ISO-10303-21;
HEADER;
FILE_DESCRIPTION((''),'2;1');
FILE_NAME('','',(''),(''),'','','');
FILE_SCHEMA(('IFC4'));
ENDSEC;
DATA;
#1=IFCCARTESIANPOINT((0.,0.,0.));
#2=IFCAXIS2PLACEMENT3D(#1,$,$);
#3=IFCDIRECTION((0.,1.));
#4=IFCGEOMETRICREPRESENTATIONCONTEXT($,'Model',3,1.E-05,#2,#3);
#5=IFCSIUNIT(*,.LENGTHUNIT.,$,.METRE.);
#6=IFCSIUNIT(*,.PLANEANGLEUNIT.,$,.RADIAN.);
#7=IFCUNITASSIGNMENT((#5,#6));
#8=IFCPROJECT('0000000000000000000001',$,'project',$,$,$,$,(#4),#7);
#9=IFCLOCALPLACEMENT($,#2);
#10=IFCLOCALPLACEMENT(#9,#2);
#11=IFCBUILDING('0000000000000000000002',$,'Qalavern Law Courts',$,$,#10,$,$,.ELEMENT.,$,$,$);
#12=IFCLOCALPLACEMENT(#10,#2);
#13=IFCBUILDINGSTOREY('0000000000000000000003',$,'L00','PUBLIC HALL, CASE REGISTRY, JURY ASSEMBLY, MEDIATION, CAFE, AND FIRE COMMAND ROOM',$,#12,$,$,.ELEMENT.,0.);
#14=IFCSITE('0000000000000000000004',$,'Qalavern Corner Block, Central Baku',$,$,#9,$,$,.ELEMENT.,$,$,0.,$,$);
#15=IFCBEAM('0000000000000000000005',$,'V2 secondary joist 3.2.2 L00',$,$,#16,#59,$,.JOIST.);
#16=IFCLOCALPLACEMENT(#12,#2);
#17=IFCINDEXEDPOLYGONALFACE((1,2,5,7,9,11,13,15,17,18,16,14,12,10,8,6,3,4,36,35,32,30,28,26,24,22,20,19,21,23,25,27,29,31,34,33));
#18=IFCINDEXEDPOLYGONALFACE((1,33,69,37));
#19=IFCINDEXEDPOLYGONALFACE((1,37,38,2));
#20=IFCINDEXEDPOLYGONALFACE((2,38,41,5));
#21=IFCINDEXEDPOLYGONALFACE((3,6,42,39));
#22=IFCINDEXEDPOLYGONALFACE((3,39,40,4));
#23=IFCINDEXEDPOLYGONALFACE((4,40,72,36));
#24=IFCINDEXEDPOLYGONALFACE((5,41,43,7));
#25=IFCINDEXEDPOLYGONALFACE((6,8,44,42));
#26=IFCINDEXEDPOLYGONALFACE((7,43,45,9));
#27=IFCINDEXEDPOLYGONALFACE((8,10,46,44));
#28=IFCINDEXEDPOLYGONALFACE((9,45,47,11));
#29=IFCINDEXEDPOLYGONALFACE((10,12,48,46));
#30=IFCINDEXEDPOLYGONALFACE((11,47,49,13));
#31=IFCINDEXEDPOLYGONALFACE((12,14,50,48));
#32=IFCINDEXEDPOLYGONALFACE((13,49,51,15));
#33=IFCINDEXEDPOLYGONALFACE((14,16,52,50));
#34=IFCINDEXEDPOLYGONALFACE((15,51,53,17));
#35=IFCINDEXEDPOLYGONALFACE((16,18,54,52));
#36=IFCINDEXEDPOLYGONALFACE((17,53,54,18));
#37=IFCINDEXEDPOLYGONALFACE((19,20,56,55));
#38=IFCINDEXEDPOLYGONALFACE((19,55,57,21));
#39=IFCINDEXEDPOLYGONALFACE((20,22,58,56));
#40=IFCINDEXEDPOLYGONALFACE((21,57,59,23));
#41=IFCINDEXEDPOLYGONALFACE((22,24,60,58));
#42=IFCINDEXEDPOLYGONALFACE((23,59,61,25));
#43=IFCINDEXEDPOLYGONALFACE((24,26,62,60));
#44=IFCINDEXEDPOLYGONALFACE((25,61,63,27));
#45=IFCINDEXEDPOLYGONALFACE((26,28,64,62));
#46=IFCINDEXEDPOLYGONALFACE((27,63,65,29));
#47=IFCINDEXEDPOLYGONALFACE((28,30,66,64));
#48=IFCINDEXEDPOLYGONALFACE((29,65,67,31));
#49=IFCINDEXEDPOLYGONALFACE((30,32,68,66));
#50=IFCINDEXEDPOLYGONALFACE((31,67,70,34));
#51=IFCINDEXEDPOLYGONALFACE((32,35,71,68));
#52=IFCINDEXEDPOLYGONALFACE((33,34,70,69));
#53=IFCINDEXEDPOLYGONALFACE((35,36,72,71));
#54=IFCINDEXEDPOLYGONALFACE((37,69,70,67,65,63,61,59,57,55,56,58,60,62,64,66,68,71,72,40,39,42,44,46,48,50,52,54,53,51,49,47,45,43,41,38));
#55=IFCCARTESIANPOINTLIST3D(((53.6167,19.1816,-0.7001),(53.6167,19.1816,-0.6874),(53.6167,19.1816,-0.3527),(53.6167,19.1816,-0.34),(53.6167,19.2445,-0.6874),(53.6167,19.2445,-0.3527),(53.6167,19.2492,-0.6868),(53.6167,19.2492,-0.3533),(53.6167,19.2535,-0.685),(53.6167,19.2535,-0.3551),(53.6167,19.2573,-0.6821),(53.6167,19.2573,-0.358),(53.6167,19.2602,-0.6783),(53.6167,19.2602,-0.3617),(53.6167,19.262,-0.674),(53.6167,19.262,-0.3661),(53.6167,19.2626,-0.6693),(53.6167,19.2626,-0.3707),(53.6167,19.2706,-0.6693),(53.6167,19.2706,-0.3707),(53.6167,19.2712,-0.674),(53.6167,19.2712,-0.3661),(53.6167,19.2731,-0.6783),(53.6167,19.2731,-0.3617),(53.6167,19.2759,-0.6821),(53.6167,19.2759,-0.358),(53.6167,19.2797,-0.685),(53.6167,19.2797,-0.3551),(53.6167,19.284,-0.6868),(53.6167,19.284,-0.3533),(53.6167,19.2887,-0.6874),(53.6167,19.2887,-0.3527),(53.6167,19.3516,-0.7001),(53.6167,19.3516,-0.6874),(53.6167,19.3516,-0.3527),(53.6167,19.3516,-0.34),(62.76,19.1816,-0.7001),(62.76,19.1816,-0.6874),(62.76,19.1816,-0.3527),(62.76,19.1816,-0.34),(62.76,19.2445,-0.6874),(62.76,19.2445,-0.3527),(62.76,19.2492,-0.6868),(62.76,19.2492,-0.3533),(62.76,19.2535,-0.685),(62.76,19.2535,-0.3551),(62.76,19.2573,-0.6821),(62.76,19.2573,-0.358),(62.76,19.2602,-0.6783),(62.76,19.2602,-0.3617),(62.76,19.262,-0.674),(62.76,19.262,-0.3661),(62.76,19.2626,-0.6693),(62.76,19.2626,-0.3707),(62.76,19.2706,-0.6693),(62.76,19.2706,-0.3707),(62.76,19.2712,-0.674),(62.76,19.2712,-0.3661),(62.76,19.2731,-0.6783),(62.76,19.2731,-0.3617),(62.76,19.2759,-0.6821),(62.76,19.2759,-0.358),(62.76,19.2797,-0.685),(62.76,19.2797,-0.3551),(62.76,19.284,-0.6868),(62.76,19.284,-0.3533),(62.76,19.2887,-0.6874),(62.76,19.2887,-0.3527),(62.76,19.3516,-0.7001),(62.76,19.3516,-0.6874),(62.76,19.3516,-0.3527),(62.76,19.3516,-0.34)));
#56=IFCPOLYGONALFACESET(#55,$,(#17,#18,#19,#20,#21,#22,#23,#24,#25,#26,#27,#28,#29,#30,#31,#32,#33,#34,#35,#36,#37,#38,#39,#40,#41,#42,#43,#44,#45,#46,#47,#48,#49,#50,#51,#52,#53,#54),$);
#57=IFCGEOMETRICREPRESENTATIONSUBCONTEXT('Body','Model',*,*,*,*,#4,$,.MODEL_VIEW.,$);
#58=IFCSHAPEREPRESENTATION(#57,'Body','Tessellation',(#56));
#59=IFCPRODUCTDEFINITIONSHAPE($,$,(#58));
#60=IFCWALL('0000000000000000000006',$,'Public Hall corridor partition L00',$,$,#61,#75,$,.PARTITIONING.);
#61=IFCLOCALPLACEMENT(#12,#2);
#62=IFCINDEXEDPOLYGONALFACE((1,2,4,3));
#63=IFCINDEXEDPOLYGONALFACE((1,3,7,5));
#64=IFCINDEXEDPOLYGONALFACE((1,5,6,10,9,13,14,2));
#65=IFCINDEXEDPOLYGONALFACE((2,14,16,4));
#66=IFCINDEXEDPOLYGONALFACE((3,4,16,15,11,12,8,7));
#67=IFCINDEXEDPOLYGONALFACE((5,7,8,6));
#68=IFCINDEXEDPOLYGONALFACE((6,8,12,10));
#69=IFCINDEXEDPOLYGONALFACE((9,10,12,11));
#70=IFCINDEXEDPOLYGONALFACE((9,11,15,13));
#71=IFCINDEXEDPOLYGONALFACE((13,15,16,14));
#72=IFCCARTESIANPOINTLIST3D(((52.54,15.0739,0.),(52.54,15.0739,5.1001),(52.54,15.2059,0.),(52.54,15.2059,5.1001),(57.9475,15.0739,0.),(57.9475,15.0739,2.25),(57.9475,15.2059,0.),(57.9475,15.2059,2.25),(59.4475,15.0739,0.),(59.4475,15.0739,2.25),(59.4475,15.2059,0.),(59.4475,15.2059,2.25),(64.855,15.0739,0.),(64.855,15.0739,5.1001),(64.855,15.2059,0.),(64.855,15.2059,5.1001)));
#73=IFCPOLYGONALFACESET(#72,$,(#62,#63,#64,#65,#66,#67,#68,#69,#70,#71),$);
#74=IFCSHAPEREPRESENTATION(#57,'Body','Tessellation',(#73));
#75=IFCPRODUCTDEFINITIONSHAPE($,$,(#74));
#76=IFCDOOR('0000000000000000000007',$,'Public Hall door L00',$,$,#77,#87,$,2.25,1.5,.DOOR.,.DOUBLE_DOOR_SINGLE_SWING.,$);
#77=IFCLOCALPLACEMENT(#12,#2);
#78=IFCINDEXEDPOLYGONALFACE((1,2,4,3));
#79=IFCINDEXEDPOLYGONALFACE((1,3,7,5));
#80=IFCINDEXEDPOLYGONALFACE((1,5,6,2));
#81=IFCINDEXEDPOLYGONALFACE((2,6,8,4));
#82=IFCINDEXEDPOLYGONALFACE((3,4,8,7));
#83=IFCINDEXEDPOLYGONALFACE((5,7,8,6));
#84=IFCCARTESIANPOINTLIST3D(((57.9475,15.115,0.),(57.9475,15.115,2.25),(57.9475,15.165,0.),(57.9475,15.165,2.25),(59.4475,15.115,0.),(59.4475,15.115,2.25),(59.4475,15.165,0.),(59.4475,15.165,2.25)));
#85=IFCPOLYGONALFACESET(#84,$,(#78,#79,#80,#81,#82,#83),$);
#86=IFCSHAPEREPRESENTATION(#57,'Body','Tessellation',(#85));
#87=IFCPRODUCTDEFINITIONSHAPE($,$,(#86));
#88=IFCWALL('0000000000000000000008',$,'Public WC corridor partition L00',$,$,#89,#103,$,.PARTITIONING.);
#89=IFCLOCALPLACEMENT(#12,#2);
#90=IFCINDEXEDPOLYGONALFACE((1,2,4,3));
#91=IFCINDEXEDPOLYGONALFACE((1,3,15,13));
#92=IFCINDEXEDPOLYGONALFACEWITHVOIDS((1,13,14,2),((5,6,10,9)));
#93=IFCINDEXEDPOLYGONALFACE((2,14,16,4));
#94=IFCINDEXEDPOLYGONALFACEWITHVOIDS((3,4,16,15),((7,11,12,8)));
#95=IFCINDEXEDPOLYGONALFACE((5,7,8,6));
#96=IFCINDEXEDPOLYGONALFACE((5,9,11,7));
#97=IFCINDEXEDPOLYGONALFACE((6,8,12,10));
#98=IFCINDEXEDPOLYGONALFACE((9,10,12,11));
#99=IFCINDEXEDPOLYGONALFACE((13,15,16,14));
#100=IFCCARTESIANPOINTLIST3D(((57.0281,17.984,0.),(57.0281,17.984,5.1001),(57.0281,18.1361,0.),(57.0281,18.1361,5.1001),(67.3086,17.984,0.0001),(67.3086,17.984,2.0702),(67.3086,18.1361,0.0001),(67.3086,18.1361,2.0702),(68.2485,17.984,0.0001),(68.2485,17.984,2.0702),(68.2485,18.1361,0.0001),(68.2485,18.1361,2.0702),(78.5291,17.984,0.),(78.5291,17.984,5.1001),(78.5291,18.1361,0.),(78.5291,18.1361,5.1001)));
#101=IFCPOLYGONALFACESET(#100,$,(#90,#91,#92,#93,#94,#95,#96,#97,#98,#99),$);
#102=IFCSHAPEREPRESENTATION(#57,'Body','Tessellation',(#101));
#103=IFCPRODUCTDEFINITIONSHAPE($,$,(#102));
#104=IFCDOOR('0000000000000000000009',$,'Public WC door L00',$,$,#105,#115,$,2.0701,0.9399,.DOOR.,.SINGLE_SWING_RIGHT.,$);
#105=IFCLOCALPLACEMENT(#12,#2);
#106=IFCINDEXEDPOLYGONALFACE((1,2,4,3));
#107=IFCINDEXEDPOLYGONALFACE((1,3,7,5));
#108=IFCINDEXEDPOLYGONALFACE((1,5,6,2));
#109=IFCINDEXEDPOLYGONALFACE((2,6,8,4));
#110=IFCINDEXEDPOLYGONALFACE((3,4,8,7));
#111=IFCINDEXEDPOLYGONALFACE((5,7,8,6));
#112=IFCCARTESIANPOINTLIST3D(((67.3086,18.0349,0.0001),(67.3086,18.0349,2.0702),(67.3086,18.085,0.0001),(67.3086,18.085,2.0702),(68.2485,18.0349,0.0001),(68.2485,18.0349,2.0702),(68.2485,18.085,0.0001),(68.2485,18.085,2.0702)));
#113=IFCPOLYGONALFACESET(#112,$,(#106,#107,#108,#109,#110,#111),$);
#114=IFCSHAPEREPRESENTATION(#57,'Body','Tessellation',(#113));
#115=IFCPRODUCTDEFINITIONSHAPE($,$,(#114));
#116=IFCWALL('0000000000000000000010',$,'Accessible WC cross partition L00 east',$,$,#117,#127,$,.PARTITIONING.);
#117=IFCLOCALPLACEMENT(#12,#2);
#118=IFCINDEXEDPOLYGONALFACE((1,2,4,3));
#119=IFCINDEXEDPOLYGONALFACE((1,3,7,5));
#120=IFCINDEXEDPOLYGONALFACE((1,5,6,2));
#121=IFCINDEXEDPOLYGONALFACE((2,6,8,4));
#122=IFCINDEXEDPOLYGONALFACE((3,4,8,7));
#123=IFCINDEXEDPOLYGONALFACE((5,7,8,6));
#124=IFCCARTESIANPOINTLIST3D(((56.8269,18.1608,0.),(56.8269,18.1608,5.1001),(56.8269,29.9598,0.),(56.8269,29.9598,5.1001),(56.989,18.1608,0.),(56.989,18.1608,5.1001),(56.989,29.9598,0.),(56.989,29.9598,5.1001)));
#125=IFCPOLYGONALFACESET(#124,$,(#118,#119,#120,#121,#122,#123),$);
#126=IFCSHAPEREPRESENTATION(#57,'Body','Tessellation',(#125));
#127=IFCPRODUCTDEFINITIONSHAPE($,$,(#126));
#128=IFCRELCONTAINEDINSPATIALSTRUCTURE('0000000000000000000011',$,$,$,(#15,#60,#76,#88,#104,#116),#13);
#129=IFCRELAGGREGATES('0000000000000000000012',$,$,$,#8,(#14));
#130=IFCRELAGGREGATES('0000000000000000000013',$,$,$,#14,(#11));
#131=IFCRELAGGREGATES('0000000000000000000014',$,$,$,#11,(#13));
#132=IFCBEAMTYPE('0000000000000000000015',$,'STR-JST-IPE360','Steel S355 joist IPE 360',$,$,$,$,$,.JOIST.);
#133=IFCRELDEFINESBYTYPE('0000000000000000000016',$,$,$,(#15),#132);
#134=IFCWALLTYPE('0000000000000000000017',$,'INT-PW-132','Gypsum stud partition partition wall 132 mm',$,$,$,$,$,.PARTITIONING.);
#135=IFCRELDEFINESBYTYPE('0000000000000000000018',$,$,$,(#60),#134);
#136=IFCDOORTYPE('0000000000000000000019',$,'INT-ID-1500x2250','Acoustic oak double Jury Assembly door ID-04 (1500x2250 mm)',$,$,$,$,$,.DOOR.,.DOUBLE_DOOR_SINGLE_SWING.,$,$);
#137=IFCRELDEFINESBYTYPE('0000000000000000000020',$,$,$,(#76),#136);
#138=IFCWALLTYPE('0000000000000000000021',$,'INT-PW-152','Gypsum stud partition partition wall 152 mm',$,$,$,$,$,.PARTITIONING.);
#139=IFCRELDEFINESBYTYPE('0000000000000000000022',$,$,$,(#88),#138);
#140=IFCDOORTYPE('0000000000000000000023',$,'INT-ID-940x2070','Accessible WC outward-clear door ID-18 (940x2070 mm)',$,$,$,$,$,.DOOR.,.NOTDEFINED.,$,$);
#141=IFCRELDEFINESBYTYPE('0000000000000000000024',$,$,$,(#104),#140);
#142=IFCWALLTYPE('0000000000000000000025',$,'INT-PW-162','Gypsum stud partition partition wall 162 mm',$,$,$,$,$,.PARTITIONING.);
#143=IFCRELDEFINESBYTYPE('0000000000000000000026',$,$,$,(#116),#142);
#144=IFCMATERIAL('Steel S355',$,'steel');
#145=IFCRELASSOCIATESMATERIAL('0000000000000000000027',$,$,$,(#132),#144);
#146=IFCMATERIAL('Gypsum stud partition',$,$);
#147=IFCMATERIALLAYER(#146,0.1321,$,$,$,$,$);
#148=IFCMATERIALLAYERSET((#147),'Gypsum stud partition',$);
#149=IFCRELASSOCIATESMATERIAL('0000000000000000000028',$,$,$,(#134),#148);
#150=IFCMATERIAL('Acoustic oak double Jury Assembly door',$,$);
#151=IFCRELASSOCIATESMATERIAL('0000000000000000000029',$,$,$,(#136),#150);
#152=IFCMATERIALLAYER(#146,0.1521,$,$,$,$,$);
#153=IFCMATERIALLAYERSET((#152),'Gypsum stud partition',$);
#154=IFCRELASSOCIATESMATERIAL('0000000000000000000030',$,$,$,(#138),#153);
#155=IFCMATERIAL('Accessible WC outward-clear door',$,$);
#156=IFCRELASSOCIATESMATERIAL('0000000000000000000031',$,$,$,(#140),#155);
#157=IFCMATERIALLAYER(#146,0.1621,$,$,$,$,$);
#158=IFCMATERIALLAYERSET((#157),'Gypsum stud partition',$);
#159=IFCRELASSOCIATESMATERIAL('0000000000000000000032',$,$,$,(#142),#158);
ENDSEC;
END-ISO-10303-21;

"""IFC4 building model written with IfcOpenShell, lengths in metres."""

from ifc_helpers import new_model, si_unit, direction, frame, frame_2d, origin, origin_2d, place, context, subcontext, project, spatial, rectangle, i_section, extrude, material, layer, layer_set, material_profile, profile_set, type_object, element, fill, save


model = new_model("IFC4")

# Units and contexts
model_context = context("Model", 3, precision=1e-05, world=origin(), true_north=direction((0.0, 1.0)))
body_context = subcontext(model_context, "Body", "Model", "MODEL_VIEW")
ifc_project = project(units=[si_unit("LENGTHUNIT", "METRE"), si_unit("PLANEANGLEUNIT", "RADIAN")], contexts=[model_context])

# Site, building, storey
site_placement = place(None, origin())
site = spatial("IfcSite", under=ifc_project, at=site_placement, Name="Qalavern Corner Block, Central Baku", CompositionType="ELEMENT", RefElevation=0.0)
building_placement = place(site_placement, origin())
building = spatial("IfcBuilding", under=site, at=building_placement, Name="Qalavern Law Courts", CompositionType="ELEMENT")
storey_placement = place(building_placement, origin())
storey = spatial("IfcBuildingStorey", under=building, at=storey_placement, Name="L00", Description="PUBLIC HALL, CASE REGISTRY, JURY ASSEMBLY, MEDIATION, CAFE, AND FIRE COMMAND ROOM", CompositionType="ELEMENT", Elevation=0.0)

# Beam
ifc_material_1 = material(Name="Steel S355", Category="steel")
ifc_material_profile_1 = material_profile(ifc_material_1, i_section(OverallWidth=0.1699, OverallDepth=0.3601, WebThickness=0.0081, FlangeThickness=0.0127, FilletRadius=0.0181, at=origin_2d()), Name="IPE 360")
ifc_profile_set_1 = profile_set([ifc_material_profile_1], Name="Steel S355")
beam_type_1 = type_object("IfcBeamType", Name="STR-JST-IPE360", Description="Steel S355 joist IPE 360", PredefinedType="JOIST", material=ifc_profile_set_1)
beam_1_placement = place(storey_placement, frame((53.6167, 19.2666, -0.52), z_axis=(1.0, 0.0, 0.0), x_axis=(0.0, 1.0, 0.0)))
element("IfcBeam", 1, at=beam_1_placement, inside=storey, type_object=beam_type_1, Name="V2 secondary joist 3.2.2 L00", PredefinedType="JOIST", context=body_context, shape_type="SweptSolid", body=[
    extrude(i_section(OverallWidth=0.1699, OverallDepth=0.3601, WebThickness=0.0081, FlangeThickness=0.0127, FilletRadius=0.0181, at=origin_2d()), origin(), (0.0, 0.0, 1.0), 9.1433),
])

# Walls, openings, doors
ifc_material_2 = material(Name="Gypsum stud partition")
ifc_layer_1 = layer(ifc_material_2, 0.1321)
ifc_layer_set_1 = layer_set([ifc_layer_1], Name="Gypsum stud partition")
wall_type_1 = type_object("IfcWallType", Name="INT-PW-132", Description="Gypsum stud partition partition wall 132 mm", PredefinedType="PARTITIONING", material=ifc_layer_set_1)
wall_1_placement = place(storey_placement, frame((52.54, 15.1399, 0.0), z_axis=(0.0, 0.0, 1.0), x_axis=(1.0, 0.0, 0.0)))
wall_1 = element("IfcWall", 2, at=wall_1_placement, inside=storey, type_object=wall_type_1, Name="Public Hall corridor partition L00", PredefinedType="PARTITIONING", context=body_context, shape_type="SweptSolid", body=[
    extrude(rectangle(XDim=12.3149, YDim=0.1321, at=frame_2d((6.1575, 0.0))), origin(), (0.0, 0.0, 1.0), 5.1001),
])
opening_1_placement = place(wall_1_placement, frame((5.4075, 0.0, 0.0)))
opening_1 = element("IfcOpeningElement", 3, at=opening_1_placement, cuts=wall_1, PredefinedType="OPENING", context=body_context, shape_type="SweptSolid", body=[
    extrude(rectangle(XDim=1.5, YDim=2.25, at=frame_2d((0.75, 1.125))), frame((0.0, 0.0811, 0.0), z_axis=(0.0, -1.0, 0.0), x_axis=(1.0, 0.0, 0.0)), (0.0, 0.0, 1.0), 0.1619),
])
ifc_material_3 = material(Name="Acoustic oak double Jury Assembly door")
door_type_1 = type_object("IfcDoorType", Name="INT-ID-1500x2250", Description="Acoustic oak double Jury Assembly door ID-04 (1500x2250 mm)", OperationType="DOUBLE_DOOR_SINGLE_SWING", PredefinedType="DOOR", material=ifc_material_3)
door_1_placement = place(opening_1_placement, frame((1.5, 0.0, 0.0), z_axis=(0.0, 0.0, 1.0), x_axis=(-1.0, 0.0, 0.0)))
door_1 = element("IfcDoor", 4, at=door_1_placement, inside=storey, type_object=door_type_1, Name="Public Hall door L00", OperationType="DOUBLE_DOOR_SINGLE_SWING", OverallHeight=2.25, OverallWidth=1.5, PredefinedType="DOOR", context=body_context, shape_type="SweptSolid", body=[
    extrude(rectangle(XDim=1.5, YDim=2.25, at=frame_2d((0.75, 1.125))), frame((0.0, 0.0249, 0.0), z_axis=(0.0, -1.0, 0.0), x_axis=(1.0, 0.0, 0.0)), (0.0, 0.0, 1.0), 0.05),
])
fill(opening_1, door_1)
ifc_layer_2 = layer(ifc_material_2, 0.1521)
ifc_layer_set_2 = layer_set([ifc_layer_2], Name="Gypsum stud partition")
wall_type_2 = type_object("IfcWallType", Name="INT-PW-152", Description="Gypsum stud partition partition wall 152 mm", PredefinedType="PARTITIONING", material=ifc_layer_set_2)
wall_2_placement = place(storey_placement, frame((57.0281, 18.0601, 0.0), z_axis=(0.0, 0.0, 1.0), x_axis=(1.0, 0.0, 0.0)))
wall_2 = element("IfcWall", 5, at=wall_2_placement, inside=storey, type_object=wall_type_2, Name="Public WC corridor partition L00", PredefinedType="PARTITIONING", context=body_context, shape_type="SweptSolid", body=[
    extrude(rectangle(XDim=21.501, YDim=0.1521, at=frame_2d((10.7505, 0.0))), origin(), (0.0, 0.0, 1.0), 5.1001),
])
opening_2_placement = place(wall_2_placement, frame((10.2805, 0.0, 0.0)))
opening_2 = element("IfcOpeningElement", 6, at=opening_2_placement, cuts=wall_2, PredefinedType="OPENING", context=body_context, shape_type="SweptSolid", body=[
    extrude(rectangle(XDim=0.9399, YDim=2.0701, at=frame_2d((0.47, 1.0352))), frame((0.0, 0.0908, 0.0), z_axis=(0.0, -1.0, 0.0), x_axis=(1.0, 0.0, 0.0)), (0.0, 0.0, 1.0), 0.1819),
])
ifc_material_4 = material(Name="Accessible WC outward-clear door")
door_type_2 = type_object("IfcDoorType", Name="INT-ID-940x2070", Description="Accessible WC outward-clear door ID-18 (940x2070 mm)", OperationType="NOTDEFINED", PredefinedType="DOOR", material=ifc_material_4)
door_2_placement = place(opening_2_placement, origin())
door_2 = element("IfcDoor", 7, at=door_2_placement, inside=storey, type_object=door_type_2, Name="Public WC door L00", OperationType="SINGLE_SWING_RIGHT", OverallHeight=2.0701, OverallWidth=0.9399, PredefinedType="DOOR", context=body_context, shape_type="SweptSolid", body=[
    extrude(rectangle(XDim=0.9399, YDim=2.0701, at=frame_2d((0.47, 1.0352))), frame((0.0, 0.0249, 0.0), z_axis=(0.0, -1.0, 0.0), x_axis=(1.0, 0.0, 0.0)), (0.0, 0.0, 1.0), 0.05),
])
fill(opening_2, door_2)

# Wall
ifc_layer_3 = layer(ifc_material_2, 0.1621)
ifc_layer_set_3 = layer_set([ifc_layer_3], Name="Gypsum stud partition")
wall_type_3 = type_object("IfcWallType", Name="INT-PW-162", Description="Gypsum stud partition partition wall 162 mm", PredefinedType="PARTITIONING", material=ifc_layer_set_3)
wall_3_placement = place(storey_placement, frame((56.908, 18.1609, 0.0), z_axis=(0.0, 0.0, 1.0), x_axis=(0.0, 1.0, 0.0)))
element("IfcWall", 8, at=wall_3_placement, inside=storey, type_object=wall_type_3, Name="Accessible WC cross partition L00 east", PredefinedType="PARTITIONING", context=body_context, shape_type="SweptSolid", body=[
    extrude(rectangle(XDim=11.7991, YDim=0.1621, at=frame_2d((5.8994, 0.0))), origin(), (0.0, 0.0, 1.0), 5.1001),
])

save(model, "model.ifc")
